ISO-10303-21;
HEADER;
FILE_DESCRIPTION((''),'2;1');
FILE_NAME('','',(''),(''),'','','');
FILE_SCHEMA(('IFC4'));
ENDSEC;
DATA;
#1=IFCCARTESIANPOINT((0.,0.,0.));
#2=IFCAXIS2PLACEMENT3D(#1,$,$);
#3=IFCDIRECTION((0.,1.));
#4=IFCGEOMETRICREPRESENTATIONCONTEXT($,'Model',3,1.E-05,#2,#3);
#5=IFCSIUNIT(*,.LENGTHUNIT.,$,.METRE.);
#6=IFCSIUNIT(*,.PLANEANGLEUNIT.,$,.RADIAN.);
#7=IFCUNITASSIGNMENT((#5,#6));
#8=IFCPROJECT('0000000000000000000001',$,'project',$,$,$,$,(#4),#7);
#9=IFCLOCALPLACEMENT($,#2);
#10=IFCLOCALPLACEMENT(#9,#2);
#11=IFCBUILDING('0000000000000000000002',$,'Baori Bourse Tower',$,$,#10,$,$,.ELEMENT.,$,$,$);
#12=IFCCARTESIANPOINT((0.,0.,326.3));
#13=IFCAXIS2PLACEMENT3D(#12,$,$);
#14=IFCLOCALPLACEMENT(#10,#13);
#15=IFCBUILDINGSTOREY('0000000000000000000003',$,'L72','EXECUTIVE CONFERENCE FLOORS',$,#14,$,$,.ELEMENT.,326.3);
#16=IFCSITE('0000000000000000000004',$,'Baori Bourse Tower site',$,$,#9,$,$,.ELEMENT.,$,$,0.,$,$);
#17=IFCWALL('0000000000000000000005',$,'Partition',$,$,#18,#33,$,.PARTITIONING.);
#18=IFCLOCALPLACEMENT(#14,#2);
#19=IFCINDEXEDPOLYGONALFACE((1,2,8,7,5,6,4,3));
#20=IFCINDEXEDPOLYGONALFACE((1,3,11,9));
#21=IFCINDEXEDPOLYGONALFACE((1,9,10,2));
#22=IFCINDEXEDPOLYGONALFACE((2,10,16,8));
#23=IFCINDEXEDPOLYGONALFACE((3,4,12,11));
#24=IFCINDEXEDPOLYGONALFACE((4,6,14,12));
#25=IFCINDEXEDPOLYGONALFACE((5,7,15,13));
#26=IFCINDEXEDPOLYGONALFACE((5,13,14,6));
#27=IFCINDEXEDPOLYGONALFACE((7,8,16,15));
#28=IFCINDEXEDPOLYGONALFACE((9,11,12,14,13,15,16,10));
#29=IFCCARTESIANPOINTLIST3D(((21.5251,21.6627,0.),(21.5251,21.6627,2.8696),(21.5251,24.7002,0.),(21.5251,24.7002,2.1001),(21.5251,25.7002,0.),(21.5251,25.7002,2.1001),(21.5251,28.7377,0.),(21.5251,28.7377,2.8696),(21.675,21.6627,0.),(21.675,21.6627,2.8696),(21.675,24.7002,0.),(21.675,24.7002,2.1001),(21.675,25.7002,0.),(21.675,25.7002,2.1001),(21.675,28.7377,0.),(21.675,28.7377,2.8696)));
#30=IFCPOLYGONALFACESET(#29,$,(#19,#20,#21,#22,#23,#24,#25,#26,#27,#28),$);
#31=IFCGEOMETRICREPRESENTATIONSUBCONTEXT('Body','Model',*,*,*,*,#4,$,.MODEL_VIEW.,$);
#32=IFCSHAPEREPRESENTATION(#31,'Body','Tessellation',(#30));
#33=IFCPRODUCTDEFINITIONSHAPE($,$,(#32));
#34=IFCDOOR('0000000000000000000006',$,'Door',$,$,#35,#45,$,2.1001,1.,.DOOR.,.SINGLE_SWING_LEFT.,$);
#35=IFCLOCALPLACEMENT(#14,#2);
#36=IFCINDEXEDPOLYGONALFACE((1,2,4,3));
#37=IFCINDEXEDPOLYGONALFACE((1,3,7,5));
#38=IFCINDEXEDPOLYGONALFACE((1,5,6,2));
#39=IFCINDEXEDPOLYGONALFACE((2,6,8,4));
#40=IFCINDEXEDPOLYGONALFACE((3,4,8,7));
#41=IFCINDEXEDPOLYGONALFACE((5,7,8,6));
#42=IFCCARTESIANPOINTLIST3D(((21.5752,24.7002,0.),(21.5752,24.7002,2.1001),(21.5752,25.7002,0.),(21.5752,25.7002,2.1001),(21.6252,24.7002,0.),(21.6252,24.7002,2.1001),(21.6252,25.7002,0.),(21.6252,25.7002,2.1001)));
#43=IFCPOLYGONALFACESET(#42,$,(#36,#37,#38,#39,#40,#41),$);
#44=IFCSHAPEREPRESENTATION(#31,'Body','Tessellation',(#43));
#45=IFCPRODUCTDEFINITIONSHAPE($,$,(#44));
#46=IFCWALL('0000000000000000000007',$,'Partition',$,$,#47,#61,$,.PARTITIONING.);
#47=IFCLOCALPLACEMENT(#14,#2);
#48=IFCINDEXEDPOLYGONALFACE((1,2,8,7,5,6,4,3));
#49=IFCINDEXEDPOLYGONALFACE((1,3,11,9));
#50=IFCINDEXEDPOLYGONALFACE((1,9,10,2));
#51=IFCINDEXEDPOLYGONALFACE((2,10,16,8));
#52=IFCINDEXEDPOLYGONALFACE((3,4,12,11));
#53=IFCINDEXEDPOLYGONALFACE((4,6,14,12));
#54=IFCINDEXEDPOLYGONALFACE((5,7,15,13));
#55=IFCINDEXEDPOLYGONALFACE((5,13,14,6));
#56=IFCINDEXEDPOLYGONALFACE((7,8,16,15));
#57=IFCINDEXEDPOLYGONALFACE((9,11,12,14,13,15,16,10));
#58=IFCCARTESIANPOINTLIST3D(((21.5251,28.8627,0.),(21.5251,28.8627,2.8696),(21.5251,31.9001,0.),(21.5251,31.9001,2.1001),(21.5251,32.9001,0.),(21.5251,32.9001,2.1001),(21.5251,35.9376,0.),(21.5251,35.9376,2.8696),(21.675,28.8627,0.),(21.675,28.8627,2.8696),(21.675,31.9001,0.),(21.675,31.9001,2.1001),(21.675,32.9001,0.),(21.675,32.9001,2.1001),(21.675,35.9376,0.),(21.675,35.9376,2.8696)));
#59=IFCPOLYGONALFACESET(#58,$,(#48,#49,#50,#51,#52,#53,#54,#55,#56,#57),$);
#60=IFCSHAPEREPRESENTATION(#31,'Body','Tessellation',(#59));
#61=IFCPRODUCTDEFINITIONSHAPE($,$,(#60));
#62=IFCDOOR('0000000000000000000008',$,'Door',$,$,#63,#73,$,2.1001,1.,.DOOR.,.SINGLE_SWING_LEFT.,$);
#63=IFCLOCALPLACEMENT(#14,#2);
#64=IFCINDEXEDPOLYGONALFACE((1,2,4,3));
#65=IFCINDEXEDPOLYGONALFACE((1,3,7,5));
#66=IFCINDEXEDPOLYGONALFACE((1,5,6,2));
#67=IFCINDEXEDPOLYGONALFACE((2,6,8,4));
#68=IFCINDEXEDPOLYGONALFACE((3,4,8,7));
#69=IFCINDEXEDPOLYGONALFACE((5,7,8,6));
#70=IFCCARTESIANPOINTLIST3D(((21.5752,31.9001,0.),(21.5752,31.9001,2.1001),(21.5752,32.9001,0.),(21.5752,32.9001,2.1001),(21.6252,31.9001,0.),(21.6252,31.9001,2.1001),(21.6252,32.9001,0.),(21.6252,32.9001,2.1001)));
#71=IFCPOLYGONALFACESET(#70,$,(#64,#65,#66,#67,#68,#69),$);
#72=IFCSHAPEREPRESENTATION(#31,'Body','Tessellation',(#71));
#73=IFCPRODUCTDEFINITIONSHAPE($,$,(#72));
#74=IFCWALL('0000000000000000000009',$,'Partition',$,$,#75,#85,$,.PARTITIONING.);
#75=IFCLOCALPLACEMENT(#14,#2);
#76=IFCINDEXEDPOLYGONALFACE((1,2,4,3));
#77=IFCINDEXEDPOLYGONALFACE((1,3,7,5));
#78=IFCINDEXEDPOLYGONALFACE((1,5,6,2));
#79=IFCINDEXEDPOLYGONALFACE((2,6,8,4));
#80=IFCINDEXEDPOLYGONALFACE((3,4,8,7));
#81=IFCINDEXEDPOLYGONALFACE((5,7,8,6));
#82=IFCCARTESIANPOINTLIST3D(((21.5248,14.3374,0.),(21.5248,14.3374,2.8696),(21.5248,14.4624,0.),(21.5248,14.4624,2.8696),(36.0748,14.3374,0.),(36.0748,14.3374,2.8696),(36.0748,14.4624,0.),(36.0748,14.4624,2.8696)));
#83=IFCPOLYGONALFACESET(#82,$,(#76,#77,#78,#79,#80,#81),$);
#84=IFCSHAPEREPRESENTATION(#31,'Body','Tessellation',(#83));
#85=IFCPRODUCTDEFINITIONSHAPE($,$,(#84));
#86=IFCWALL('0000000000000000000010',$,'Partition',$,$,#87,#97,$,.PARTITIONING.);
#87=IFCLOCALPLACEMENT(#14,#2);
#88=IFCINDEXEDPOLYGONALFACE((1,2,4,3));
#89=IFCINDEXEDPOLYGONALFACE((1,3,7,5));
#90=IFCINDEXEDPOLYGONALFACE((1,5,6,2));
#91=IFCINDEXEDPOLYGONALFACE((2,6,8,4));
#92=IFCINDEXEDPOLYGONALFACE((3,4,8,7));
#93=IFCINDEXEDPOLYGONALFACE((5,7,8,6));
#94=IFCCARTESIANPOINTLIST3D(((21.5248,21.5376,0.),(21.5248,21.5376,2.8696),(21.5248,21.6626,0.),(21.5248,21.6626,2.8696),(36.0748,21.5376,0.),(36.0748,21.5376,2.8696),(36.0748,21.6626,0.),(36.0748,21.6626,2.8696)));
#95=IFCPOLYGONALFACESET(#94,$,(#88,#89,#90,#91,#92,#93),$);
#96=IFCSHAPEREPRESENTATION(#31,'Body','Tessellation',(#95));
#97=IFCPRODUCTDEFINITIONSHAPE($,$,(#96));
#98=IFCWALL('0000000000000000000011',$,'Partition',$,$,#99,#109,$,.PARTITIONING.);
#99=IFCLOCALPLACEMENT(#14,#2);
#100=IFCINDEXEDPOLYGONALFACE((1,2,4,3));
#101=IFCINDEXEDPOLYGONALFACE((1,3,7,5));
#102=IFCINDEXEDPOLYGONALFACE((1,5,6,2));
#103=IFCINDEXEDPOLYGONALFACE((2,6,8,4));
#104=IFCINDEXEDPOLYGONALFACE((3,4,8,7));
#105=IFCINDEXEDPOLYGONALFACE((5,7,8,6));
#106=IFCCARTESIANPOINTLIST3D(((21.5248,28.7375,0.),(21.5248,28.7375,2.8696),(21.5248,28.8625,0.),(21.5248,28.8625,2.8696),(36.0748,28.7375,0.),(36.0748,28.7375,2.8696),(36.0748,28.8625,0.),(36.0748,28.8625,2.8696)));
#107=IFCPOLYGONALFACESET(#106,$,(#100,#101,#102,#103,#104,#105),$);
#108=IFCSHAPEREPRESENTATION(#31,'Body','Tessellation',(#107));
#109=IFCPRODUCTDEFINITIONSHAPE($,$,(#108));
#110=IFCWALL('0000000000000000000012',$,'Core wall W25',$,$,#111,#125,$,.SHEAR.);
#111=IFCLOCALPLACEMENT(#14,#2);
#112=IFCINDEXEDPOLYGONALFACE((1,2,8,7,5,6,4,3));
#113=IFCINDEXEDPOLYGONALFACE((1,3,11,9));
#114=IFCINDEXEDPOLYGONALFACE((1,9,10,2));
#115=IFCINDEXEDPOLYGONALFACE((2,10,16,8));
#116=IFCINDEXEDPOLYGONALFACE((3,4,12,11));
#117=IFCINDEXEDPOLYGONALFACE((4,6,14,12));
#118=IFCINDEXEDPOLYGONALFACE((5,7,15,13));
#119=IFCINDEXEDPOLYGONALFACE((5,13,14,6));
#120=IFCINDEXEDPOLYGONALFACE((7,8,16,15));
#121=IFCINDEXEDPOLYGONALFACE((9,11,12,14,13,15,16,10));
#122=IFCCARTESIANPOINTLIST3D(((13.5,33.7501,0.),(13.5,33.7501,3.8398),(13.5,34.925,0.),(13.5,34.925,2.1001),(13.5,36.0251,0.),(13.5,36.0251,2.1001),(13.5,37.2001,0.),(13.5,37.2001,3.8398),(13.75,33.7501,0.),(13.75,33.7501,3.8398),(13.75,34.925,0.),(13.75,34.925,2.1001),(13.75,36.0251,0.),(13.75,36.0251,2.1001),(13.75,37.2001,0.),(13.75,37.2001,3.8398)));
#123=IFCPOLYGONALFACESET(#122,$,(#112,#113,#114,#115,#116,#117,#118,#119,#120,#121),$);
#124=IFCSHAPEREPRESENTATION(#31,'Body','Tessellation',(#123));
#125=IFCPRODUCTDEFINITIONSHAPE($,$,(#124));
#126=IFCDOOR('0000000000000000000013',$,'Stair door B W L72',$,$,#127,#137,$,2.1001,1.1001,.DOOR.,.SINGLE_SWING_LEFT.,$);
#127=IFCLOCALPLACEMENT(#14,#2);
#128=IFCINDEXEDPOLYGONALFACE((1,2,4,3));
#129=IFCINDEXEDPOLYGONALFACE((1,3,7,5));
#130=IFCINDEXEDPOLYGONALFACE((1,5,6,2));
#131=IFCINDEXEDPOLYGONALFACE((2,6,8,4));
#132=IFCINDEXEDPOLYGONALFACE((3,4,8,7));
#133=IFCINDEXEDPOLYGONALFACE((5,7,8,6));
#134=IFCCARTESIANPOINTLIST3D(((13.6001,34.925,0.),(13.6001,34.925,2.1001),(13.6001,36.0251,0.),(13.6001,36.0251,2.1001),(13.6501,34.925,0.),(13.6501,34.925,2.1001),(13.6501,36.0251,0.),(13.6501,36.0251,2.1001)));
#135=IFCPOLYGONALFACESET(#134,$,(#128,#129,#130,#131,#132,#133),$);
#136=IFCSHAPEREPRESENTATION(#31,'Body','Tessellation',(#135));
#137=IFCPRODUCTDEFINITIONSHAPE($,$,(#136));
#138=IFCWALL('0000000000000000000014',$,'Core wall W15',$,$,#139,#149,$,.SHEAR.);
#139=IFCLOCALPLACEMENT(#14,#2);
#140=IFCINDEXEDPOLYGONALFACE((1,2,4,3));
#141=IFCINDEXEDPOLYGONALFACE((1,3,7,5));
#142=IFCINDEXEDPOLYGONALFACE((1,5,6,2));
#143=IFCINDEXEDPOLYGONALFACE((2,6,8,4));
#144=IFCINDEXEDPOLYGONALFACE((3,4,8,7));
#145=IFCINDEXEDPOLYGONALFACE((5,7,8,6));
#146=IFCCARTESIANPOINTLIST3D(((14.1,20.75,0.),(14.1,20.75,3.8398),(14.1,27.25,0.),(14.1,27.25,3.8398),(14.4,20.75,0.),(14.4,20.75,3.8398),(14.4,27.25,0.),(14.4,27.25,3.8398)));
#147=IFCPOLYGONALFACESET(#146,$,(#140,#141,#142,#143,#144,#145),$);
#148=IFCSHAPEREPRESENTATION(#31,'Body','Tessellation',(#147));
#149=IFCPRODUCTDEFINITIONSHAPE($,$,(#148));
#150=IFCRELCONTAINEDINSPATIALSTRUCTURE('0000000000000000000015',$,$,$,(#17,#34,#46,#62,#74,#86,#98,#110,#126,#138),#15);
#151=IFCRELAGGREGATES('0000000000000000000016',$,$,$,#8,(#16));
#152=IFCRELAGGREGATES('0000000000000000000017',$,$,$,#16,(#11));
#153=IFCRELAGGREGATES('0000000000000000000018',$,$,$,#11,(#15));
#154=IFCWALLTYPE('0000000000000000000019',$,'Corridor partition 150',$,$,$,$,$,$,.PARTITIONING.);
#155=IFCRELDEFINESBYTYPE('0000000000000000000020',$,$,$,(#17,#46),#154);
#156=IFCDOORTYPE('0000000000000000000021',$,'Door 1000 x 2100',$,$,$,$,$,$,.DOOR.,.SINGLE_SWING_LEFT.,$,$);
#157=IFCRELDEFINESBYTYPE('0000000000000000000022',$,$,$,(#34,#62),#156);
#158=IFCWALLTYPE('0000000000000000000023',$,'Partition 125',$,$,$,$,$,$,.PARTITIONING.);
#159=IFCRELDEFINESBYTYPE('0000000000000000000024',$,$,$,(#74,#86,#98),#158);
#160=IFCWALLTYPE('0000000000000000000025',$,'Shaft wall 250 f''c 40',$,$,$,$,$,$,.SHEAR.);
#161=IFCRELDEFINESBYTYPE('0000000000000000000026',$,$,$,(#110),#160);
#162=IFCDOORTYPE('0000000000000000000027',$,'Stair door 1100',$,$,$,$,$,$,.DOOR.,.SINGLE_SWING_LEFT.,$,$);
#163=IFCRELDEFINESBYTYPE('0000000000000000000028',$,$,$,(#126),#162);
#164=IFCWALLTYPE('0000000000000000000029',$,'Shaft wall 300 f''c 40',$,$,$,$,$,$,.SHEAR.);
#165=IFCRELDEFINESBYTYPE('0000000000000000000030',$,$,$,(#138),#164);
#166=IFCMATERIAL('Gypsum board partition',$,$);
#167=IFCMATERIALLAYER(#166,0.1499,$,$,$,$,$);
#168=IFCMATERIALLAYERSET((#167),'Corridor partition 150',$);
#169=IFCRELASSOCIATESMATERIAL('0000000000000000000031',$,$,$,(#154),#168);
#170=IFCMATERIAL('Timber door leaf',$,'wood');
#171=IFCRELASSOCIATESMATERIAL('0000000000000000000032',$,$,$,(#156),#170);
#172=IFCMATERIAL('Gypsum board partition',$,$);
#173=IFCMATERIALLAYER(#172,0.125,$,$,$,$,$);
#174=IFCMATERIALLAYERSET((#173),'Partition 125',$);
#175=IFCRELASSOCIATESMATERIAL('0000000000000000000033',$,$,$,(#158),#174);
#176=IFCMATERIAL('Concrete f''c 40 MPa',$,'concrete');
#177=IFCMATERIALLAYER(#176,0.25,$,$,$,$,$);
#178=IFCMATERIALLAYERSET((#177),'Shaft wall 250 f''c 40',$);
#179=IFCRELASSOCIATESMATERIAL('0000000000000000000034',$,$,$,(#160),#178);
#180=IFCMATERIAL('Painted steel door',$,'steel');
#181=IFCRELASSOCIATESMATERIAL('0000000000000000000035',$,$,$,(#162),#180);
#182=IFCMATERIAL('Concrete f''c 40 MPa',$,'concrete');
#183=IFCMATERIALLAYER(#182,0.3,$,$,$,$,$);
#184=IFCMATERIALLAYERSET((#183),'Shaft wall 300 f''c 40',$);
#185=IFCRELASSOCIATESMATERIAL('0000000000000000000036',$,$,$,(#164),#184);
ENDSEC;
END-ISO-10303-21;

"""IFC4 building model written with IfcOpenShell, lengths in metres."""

from ifc_helpers import new_model, si_unit, direction, frame, frame_2d, origin, place, context, subcontext, project, spatial, rectangle, extrude, material, layer, layer_set, type_object, element, fill, save


model = new_model("IFC4")

# Units and contexts
model_context = context("Model", 3, precision=1e-05, world=origin(), true_north=direction((0.0, 1.0)))
body_context = subcontext(model_context, "Body", "Model", "MODEL_VIEW")
ifc_project = project(units=[si_unit("LENGTHUNIT", "METRE"), si_unit("PLANEANGLEUNIT", "RADIAN")], contexts=[model_context])

# Site, building, storey
site_placement = place(None, origin())
site = spatial("IfcSite", under=ifc_project, at=site_placement, Name="Baori Bourse Tower site", CompositionType="ELEMENT", RefElevation=0.0)
building_placement = place(site_placement, origin())
building = spatial("IfcBuilding", under=site, at=building_placement, Name="Baori Bourse Tower", CompositionType="ELEMENT")
storey_placement = place(building_placement, frame((0.0, 0.0, 326.3)))
storey = spatial("IfcBuildingStorey", under=building, at=storey_placement, Name="L72", Description="EXECUTIVE CONFERENCE FLOORS", CompositionType="ELEMENT", Elevation=326.3)

# Walls, openings, doors
ifc_material_1 = material(Name="Gypsum board partition")
ifc_layer_1 = layer(ifc_material_1, 0.1499)
ifc_layer_set_1 = layer_set([ifc_layer_1], Name="Corridor partition 150")
wall_type_1 = type_object("IfcWallType", Name="Corridor partition 150", PredefinedType="PARTITIONING", material=ifc_layer_set_1)
ifc_material_2 = material(Name="Timber door leaf", Category="wood")
door_type_1 = type_object("IfcDoorType", Name="Door 1000 x 2100", OperationType="SINGLE_SWING_LEFT", PredefinedType="DOOR", material=ifc_material_2)
wall_1_placement = place(storey_placement, frame((21.6001, 21.6626, 0.0), z_axis=(0.0, 0.0, 1.0), x_axis=(0.0, 1.0, 0.0)))
wall_1 = element("IfcWall", 1, at=wall_1_placement, inside=storey, type_object=wall_type_1, Name="Partition", PredefinedType="PARTITIONING", context=body_context, shape_type="SweptSolid", body=[
    extrude(rectangle(XDim=7.075, YDim=0.1499, at=frame_2d((3.5376, 0.0))), origin(), (0.0, 0.0, 1.0), 2.8696),
])
opening_1_placement = place(wall_1_placement, frame((3.0376, 0.0, 0.0)))
opening_1 = element("IfcOpeningElement", 2, at=opening_1_placement, cuts=wall_1, PredefinedType="OPENING", context=body_context, shape_type="SweptSolid", body=[
    extrude(rectangle(XDim=1.0, YDim=2.1001, at=frame_2d((0.5, 1.05))), frame((0.0, 0.085, 0.0), z_axis=(0.0, -1.0, 0.0), x_axis=(1.0, 0.0, 0.0)), (0.0, 0.0, 1.0), 0.1699),
])
door_1_placement = place(opening_1_placement, origin())
door_1 = element("IfcDoor", 3, at=door_1_placement, inside=storey, type_object=door_type_1, Name="Door", OperationType="SINGLE_SWING_LEFT", OverallHeight=2.1001, OverallWidth=1.0, PredefinedType="DOOR", context=body_context, shape_type="SweptSolid", body=[
    extrude(rectangle(XDim=1.0, YDim=2.1001, at=frame_2d((0.5, 1.05))), frame((0.0, 0.0249, 0.0), z_axis=(0.0, -1.0, 0.0), x_axis=(1.0, 0.0, 0.0)), (0.0, 0.0, 1.0), 0.05),
])
fill(opening_1, door_1)
wall_2_placement = place(storey_placement, frame((21.6001, 28.8625, 0.0), z_axis=(0.0, 0.0, 1.0), x_axis=(0.0, 1.0, 0.0)))
wall_2 = element("IfcWall", 4, at=wall_2_placement, inside=storey, type_object=wall_type_1, Name="Partition", PredefinedType="PARTITIONING", context=body_context, shape_type="SweptSolid", body=[
    extrude(rectangle(XDim=7.075, YDim=0.1499, at=frame_2d((3.5376, 0.0))), origin(), (0.0, 0.0, 1.0), 2.8696),
])
opening_2_placement = place(wall_2_placement, frame((3.0376, 0.0, 0.0)))
opening_2 = element("IfcOpeningElement", 5, at=opening_2_placement, cuts=wall_2, PredefinedType="OPENING", context=body_context, shape_type="SweptSolid", body=[
    extrude(rectangle(XDim=1.0, YDim=2.1001, at=frame_2d((0.5, 1.05))), frame((0.0, 0.085, 0.0), z_axis=(0.0, -1.0, 0.0), x_axis=(1.0, 0.0, 0.0)), (0.0, 0.0, 1.0), 0.1699),
])
door_2_placement = place(opening_2_placement, origin())
door_2 = element("IfcDoor", 6, at=door_2_placement, inside=storey, type_object=door_type_1, Name="Door", OperationType="SINGLE_SWING_LEFT", OverallHeight=2.1001, OverallWidth=1.0, PredefinedType="DOOR", context=body_context, shape_type="SweptSolid", body=[
    extrude(rectangle(XDim=1.0, YDim=2.1001, at=frame_2d((0.5, 1.05))), frame((0.0, 0.0249, 0.0), z_axis=(0.0, -1.0, 0.0), x_axis=(1.0, 0.0, 0.0)), (0.0, 0.0, 1.0), 0.05),
])
fill(opening_2, door_2)

# Walls
ifc_material_3 = material(Name="Gypsum board partition")
ifc_layer_2 = layer(ifc_material_3, 0.125)
ifc_layer_set_2 = layer_set([ifc_layer_2], Name="Partition 125")
wall_type_2 = type_object("IfcWallType", Name="Partition 125", PredefinedType="PARTITIONING", material=ifc_layer_set_2)
for number, where, z_axis, x_axis, name in (
    (7, (21.5249, 14.3999, 0.0), (0.0, 0.0, 1.0), (1.0, 0.0, 0.0), "Partition"),
    (8, (21.5249, 21.6001, 0.0), (0.0, 0.0, 1.0), (1.0, 0.0, 0.0), "Partition"),
    (9, (21.5249, 28.8, 0.0), (0.0, 0.0, 1.0), (1.0, 0.0, 0.0), "Partition"),
):
    element("IfcWall", number, at=place(storey_placement, frame(where, z_axis=z_axis, x_axis=x_axis)), inside=storey, type_object=wall_type_2, Name=name, PredefinedType="PARTITIONING", context=body_context, shape_type="SweptSolid", body=[
        extrude(rectangle(XDim=14.55, YDim=0.125, at=frame_2d((7.2749, 0.0))), origin(), (0.0, 0.0, 1.0), 2.8696),
    ])

# Wall, opening, door
ifc_material_4 = material(Name="Concrete f'c 40 MPa", Category="concrete")
ifc_layer_3 = layer(ifc_material_4, 0.25)
ifc_layer_set_3 = layer_set([ifc_layer_3], Name="Shaft wall 250 f'c 40")
wall_type_3 = type_object("IfcWallType", Name="Shaft wall 250 f'c 40", PredefinedType="SHEAR", material=ifc_layer_set_3)
wall_3_placement = place(storey_placement, frame((13.625, 33.75, 0.0), z_axis=(0.0, 0.0, 1.0), x_axis=(0.0, 1.0, 0.0)))
wall_3 = element("IfcWall", 10, at=wall_3_placement, inside=storey, type_object=wall_type_3, Name="Core wall W25", PredefinedType="SHEAR", context=body_context, shape_type="SweptSolid", body=[
    extrude(rectangle(XDim=3.45, YDim=0.25, at=frame_2d((1.7251, 0.0))), origin(), (0.0, 0.0, 1.0), 3.8398),
])
opening_3_placement = place(wall_3_placement, frame((1.175, 0.0, 0.0)))
opening_3 = element("IfcOpeningElement", 11, at=opening_3_placement, cuts=wall_3, PredefinedType="OPENING", context=body_context, shape_type="SweptSolid", body=[
    extrude(rectangle(XDim=1.1001, YDim=2.1001, at=frame_2d((0.55, 1.05))), frame((0.0, 0.135, 0.0), z_axis=(0.0, -1.0, 0.0), x_axis=(1.0, 0.0, 0.0)), (0.0, 0.0, 1.0), 0.27),
])
ifc_material_5 = material(Name="Painted steel door", Category="steel")
door_type_2 = type_object("IfcDoorType", Name="Stair door 1100", OperationType="SINGLE_SWING_LEFT", PredefinedType="DOOR", material=ifc_material_5)
door_3_placement = place(opening_3_placement, origin())
door_3 = element("IfcDoor", 12, at=door_3_placement, inside=storey, type_object=door_type_2, Name="Stair door B W L72", OperationType="SINGLE_SWING_LEFT", OverallHeight=2.1001, OverallWidth=1.1001, PredefinedType="DOOR", context=body_context, shape_type="SweptSolid", body=[
    extrude(rectangle(XDim=1.1001, YDim=2.1001, at=frame_2d((0.55, 1.05))), frame((0.0, 0.0249, 0.0), z_axis=(0.0, -1.0, 0.0), x_axis=(1.0, 0.0, 0.0)), (0.0, 0.0, 1.0), 0.05),
])
fill(opening_3, door_3)

# Wall
ifc_material_6 = material(Name="Concrete f'c 40 MPa", Category="concrete")
ifc_layer_4 = layer(ifc_material_6, 0.3)
ifc_layer_set_4 = layer_set([ifc_layer_4], Name="Shaft wall 300 f'c 40")
wall_type_4 = type_object("IfcWallType", Name="Shaft wall 300 f'c 40", PredefinedType="SHEAR", material=ifc_layer_set_4)
wall_4_placement = place(storey_placement, frame((14.25, 20.75, 0.0), z_axis=(0.0, 0.0, 1.0), x_axis=(0.0, 1.0, 0.0)))
element("IfcWall", 13, at=wall_4_placement, inside=storey, type_object=wall_type_4, Name="Core wall W15", PredefinedType="SHEAR", context=body_context, shape_type="SweptSolid", body=[
    extrude(rectangle(XDim=6.5, YDim=0.3, at=frame_2d((3.25, 0.0))), origin(), (0.0, 0.0, 1.0), 3.8398),
])

save(model, "model.ifc")
